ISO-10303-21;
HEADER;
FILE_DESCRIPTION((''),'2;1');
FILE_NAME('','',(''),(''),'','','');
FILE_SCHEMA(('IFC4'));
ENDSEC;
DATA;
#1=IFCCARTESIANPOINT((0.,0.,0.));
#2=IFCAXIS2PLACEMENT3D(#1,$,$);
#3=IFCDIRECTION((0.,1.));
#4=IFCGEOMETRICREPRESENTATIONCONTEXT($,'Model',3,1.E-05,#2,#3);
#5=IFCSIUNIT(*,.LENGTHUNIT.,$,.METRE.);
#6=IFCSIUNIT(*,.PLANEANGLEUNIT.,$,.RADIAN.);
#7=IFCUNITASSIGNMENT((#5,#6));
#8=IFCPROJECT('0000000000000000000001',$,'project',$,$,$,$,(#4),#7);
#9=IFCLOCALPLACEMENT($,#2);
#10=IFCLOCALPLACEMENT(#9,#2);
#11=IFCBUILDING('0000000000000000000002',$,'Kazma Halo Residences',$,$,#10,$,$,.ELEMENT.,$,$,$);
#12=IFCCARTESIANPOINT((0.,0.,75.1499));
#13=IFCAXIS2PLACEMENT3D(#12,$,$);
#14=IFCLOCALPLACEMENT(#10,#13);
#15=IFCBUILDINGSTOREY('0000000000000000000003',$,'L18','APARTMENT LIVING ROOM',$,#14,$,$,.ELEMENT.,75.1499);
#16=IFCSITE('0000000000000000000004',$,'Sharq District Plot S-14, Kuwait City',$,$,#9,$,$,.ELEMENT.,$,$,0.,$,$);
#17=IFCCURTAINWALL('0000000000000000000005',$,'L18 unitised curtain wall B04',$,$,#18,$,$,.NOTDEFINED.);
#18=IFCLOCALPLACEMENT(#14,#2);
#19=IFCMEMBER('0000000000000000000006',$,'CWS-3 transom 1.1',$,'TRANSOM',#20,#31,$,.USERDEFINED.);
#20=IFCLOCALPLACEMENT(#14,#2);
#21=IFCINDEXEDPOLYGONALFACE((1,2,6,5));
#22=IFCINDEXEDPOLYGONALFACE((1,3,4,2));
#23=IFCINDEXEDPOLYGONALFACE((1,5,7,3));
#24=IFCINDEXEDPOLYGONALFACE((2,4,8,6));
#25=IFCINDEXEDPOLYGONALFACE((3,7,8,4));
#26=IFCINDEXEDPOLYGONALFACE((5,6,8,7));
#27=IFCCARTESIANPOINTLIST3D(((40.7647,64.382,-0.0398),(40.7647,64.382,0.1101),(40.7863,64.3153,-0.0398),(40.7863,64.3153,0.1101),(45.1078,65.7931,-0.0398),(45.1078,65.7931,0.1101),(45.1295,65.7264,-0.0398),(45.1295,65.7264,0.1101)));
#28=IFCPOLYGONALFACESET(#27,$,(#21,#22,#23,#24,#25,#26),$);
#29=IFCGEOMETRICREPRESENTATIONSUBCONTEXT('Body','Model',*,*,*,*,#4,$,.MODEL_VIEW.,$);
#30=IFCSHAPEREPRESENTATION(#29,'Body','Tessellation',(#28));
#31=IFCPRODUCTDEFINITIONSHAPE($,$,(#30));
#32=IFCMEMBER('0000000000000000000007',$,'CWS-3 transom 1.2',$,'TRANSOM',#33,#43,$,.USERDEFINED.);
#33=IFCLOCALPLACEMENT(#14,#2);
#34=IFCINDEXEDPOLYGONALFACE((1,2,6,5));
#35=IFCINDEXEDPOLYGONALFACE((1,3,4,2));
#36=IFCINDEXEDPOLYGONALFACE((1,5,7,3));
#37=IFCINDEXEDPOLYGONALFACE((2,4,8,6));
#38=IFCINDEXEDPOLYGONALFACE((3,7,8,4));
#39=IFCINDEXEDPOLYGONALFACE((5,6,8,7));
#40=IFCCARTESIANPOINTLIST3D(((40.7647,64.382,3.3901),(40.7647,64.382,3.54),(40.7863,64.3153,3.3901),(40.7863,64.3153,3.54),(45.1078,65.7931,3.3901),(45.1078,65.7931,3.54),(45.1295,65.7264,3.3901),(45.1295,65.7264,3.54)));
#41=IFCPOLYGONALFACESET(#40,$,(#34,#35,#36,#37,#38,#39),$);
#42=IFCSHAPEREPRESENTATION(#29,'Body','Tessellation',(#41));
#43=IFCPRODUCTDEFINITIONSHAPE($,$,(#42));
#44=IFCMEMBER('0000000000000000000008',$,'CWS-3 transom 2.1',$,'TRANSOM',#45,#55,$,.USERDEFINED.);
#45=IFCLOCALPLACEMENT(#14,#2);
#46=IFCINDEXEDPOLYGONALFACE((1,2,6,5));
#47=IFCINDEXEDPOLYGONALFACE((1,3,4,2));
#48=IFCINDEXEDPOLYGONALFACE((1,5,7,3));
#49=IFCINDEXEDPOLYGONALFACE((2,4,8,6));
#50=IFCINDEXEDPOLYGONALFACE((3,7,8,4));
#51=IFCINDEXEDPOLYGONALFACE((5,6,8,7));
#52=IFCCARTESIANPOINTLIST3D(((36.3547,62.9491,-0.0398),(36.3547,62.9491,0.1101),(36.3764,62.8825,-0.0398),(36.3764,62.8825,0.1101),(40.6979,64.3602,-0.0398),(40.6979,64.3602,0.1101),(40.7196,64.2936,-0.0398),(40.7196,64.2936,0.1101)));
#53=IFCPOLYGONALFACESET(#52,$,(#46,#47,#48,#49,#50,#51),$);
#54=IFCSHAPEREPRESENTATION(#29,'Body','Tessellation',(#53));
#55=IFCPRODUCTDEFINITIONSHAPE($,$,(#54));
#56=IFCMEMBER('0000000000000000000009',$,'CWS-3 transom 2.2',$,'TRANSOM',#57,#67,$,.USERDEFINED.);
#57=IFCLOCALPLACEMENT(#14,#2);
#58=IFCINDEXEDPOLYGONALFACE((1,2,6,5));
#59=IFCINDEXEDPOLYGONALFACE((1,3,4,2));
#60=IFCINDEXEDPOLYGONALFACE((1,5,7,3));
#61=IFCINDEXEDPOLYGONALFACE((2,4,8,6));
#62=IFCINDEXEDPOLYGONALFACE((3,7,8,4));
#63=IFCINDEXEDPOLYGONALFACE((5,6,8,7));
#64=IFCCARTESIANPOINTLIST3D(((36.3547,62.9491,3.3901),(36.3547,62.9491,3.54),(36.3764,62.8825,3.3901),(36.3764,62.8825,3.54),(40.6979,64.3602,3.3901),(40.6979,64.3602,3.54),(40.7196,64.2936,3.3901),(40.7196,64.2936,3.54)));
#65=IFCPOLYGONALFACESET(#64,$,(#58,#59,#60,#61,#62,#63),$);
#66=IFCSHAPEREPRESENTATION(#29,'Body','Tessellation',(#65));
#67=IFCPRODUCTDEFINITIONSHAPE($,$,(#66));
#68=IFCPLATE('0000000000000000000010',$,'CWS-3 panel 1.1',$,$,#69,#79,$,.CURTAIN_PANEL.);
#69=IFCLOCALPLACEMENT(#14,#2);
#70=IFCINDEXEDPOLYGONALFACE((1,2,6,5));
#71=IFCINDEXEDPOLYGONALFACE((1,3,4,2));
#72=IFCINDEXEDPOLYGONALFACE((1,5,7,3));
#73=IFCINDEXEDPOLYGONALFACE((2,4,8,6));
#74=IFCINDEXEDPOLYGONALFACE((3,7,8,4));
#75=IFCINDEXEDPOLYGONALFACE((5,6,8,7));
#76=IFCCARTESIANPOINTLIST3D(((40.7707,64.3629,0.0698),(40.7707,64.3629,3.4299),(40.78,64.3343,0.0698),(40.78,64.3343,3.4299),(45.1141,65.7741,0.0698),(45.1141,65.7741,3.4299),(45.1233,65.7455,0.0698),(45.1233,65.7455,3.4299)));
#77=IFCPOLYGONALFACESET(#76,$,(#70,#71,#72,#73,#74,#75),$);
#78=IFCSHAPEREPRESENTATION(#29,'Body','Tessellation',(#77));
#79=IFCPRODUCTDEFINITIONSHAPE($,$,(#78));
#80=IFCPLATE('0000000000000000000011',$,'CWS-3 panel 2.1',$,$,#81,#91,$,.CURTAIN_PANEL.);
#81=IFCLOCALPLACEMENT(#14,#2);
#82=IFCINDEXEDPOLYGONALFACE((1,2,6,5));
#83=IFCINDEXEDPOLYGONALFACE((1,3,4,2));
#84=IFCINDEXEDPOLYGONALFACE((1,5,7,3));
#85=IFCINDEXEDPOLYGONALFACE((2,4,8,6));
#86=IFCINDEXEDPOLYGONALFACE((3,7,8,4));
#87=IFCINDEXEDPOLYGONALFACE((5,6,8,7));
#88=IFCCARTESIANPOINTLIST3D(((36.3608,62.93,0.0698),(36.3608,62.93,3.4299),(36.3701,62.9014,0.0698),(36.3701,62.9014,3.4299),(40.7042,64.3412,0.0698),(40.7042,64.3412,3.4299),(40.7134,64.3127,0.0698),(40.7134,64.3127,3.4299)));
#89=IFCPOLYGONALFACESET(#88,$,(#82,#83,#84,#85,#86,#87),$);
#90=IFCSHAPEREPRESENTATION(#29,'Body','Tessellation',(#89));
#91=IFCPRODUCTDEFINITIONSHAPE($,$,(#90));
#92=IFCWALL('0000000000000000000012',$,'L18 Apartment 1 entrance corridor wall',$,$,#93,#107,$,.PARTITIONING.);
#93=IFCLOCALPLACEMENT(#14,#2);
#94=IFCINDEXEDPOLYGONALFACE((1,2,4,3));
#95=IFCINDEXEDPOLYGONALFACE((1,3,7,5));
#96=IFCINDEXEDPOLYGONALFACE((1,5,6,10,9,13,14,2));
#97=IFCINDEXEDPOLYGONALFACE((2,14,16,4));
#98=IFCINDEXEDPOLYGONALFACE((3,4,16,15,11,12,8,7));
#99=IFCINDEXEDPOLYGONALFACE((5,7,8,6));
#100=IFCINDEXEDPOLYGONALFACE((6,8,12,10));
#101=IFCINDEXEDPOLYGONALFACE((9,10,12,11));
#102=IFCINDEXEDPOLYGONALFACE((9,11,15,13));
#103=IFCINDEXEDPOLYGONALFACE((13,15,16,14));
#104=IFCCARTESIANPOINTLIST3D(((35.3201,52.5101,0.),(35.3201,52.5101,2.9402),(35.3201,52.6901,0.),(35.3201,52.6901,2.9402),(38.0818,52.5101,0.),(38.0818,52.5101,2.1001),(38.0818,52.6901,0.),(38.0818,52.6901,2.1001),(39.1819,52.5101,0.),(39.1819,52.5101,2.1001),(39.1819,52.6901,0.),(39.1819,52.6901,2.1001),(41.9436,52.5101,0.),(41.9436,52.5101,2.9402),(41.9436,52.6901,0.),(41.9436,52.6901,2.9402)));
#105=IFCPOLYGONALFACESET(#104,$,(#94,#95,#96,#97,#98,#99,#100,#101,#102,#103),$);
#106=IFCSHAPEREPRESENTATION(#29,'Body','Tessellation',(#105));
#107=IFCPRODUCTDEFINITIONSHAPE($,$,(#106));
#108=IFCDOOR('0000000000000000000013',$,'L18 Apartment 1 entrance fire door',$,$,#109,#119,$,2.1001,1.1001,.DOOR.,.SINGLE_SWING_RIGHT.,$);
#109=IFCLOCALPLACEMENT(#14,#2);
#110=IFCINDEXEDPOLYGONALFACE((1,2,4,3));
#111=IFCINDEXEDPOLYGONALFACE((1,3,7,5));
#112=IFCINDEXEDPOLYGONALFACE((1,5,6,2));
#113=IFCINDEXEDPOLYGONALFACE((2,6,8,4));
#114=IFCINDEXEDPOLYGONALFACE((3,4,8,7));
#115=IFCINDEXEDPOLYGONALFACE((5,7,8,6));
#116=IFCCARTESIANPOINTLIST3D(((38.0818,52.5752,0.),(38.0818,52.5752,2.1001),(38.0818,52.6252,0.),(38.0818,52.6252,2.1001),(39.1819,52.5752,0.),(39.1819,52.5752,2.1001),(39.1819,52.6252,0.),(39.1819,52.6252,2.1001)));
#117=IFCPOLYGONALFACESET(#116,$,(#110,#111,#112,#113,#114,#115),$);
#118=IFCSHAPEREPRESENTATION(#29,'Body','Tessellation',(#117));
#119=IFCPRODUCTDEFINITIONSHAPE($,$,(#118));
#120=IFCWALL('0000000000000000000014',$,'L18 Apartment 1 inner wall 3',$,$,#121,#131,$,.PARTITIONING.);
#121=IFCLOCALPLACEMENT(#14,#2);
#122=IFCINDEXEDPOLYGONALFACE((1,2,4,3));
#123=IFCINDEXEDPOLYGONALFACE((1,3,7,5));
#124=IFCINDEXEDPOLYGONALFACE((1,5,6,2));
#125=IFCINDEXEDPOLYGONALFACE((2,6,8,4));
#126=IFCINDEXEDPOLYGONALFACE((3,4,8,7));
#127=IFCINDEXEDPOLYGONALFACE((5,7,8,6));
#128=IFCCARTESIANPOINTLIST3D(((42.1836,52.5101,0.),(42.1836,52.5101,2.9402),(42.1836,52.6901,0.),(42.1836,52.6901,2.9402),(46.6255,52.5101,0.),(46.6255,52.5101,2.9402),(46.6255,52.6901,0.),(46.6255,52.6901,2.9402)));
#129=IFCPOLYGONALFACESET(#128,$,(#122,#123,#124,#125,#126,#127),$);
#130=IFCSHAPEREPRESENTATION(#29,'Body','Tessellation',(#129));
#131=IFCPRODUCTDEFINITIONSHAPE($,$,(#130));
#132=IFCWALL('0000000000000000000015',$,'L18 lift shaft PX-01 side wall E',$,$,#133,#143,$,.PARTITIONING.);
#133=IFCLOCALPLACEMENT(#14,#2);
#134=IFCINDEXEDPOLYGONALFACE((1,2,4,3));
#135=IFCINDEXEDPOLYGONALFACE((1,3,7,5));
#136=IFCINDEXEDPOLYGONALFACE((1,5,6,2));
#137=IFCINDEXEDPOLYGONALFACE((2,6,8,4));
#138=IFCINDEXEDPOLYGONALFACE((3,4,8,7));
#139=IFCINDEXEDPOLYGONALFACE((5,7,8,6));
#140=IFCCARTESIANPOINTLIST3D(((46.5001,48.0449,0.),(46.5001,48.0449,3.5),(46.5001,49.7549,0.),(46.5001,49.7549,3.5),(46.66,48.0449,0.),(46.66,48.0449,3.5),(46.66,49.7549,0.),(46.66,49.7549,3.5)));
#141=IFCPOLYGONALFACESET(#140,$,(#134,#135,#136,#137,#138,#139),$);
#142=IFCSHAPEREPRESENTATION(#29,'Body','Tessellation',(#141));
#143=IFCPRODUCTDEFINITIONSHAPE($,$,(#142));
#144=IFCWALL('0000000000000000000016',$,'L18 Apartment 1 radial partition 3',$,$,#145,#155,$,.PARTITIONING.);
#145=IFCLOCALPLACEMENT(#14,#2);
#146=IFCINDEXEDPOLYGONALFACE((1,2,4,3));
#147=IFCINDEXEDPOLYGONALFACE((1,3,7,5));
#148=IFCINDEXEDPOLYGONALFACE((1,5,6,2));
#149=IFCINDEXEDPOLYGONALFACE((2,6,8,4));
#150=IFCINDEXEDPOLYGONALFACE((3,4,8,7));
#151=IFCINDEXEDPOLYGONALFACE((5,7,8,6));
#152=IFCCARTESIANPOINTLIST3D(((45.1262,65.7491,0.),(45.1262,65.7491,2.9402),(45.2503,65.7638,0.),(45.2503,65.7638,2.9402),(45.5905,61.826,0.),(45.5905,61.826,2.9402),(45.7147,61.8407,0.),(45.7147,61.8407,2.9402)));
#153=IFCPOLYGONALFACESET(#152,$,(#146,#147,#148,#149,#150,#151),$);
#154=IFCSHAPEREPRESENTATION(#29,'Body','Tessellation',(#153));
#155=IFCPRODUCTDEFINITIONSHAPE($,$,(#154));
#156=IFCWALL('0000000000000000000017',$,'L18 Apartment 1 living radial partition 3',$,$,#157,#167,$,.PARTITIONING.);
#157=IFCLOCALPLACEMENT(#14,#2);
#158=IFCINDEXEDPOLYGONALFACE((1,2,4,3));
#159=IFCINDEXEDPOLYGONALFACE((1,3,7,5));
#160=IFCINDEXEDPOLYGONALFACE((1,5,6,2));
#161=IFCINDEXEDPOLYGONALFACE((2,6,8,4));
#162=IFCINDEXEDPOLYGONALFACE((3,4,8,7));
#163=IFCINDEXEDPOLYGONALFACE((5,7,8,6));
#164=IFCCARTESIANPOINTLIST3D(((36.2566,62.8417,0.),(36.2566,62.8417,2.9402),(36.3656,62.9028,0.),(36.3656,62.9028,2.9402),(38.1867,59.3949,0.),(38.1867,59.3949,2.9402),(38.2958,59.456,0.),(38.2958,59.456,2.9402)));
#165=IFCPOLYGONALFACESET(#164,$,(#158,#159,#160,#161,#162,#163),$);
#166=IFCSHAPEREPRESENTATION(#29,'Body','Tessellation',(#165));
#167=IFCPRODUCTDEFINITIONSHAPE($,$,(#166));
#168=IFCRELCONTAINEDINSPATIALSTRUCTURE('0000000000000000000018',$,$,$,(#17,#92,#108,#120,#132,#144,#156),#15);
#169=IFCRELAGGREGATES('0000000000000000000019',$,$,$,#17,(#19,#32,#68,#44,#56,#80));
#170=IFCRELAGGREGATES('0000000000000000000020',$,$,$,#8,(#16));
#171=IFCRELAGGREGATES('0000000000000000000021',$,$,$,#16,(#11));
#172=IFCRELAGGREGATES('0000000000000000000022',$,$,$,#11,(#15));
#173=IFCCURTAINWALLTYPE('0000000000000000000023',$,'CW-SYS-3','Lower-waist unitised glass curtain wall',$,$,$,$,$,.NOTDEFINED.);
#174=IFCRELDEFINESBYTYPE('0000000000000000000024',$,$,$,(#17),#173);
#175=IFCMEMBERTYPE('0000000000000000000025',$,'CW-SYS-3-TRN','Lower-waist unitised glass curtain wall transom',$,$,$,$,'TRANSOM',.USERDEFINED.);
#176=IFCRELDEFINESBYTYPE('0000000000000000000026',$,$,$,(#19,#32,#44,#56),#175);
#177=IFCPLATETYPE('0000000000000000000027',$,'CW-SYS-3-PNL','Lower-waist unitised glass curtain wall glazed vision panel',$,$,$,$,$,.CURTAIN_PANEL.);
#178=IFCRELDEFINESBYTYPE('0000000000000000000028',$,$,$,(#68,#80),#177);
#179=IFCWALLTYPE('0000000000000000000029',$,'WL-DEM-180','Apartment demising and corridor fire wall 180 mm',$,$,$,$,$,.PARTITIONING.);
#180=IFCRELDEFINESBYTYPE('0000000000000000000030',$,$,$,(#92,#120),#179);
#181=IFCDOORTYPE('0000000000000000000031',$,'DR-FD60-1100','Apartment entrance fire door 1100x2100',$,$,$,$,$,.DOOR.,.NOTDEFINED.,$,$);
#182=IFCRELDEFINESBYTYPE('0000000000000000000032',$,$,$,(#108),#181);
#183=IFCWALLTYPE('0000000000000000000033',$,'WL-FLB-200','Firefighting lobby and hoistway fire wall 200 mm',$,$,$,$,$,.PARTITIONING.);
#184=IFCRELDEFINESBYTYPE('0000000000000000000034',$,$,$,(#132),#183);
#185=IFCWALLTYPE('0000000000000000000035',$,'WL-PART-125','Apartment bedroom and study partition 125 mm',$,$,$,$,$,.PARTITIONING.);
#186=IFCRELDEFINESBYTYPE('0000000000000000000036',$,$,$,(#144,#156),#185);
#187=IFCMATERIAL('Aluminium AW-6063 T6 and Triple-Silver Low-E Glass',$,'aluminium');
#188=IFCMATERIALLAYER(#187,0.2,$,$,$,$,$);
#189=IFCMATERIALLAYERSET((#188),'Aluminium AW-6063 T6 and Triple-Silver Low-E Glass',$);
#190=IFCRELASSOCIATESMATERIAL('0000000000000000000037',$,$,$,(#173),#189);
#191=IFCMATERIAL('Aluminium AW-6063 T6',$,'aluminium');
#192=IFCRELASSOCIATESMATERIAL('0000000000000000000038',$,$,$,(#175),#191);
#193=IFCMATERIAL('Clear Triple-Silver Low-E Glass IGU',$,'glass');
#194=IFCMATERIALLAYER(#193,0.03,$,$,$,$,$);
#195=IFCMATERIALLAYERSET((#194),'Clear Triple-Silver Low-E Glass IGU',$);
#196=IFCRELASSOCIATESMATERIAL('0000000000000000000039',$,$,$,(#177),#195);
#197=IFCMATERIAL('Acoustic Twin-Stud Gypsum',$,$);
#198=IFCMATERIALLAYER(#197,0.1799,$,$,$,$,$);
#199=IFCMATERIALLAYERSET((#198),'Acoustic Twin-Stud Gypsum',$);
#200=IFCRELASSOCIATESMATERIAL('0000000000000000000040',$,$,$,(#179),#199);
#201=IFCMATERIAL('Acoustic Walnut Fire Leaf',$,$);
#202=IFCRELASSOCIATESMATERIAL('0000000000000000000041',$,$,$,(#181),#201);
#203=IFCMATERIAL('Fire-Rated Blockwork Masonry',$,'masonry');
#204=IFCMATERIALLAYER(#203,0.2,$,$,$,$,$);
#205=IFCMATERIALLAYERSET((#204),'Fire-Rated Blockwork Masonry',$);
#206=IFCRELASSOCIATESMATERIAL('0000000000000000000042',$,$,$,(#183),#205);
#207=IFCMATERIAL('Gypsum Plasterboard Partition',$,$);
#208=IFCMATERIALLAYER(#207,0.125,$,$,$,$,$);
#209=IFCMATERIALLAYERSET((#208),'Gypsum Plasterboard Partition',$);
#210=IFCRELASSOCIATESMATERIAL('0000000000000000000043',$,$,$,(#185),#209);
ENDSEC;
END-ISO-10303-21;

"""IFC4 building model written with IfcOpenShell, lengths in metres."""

from ifc_helpers import new_model, si_unit, direction, frame, frame_2d, origin, origin_2d, place, context, subcontext, project, spatial, rectangle, extrude, material, layer, layer_set, material_profile, profile_set, type_object, element, fill, aggregate, save


model = new_model("IFC4")

# Units and contexts
model_context = context("Model", 3, precision=1e-05, world=origin(), true_north=direction((0.0, 1.0)))
body_context = subcontext(model_context, "Body", "Model", "MODEL_VIEW")
ifc_project = project(units=[si_unit("LENGTHUNIT", "METRE"), si_unit("PLANEANGLEUNIT", "RADIAN")], contexts=[model_context])

# Site, building, storey
site_placement = place(None, origin())
site = spatial("IfcSite", under=ifc_project, at=site_placement, Name="Sharq District Plot S-14, Kuwait City", CompositionType="ELEMENT", RefElevation=0.0)
building_placement = place(site_placement, origin())
building = spatial("IfcBuilding", under=site, at=building_placement, Name="Kazma Halo Residences", CompositionType="ELEMENT")
storey_placement = place(building_placement, frame((0.0, 0.0, 75.1499)))
storey = spatial("IfcBuildingStorey", under=building, at=storey_placement, Name="L18", Description="APARTMENT LIVING ROOM", CompositionType="ELEMENT", Elevation=75.1499)

# Shared definitions
ifc_material_1 = material(Name="Aluminium AW-6063 T6 and Triple-Silver Low-E Glass", Category="aluminium")
ifc_layer_1 = layer(ifc_material_1, 0.2)
ifc_layer_set_1 = layer_set([ifc_layer_1], Name="Aluminium AW-6063 T6 and Triple-Silver Low-E Glass")
curtain_wall_type = type_object("IfcCurtainWallType", Name="CW-SYS-3", Description="Lower-waist unitised glass curtain wall", PredefinedType="NOTDEFINED", material=ifc_layer_set_1)
ifc_material_2 = material(Name="Aluminium AW-6063 T6", Category="aluminium")

# Curtain wall, members, plates
curtain_wall_1_placement = place(storey_placement, origin())
curtain_wall_1 = element("IfcCurtainWall", 1, at=curtain_wall_1_placement, inside=storey, type_object=curtain_wall_type, Name="L18 unitised curtain wall B04", PredefinedType="NOTDEFINED")
ifc_material_profile_1 = material_profile(ifc_material_2, rectangle(XDim=0.0701, YDim=0.1499, at=origin_2d()), Name="CWT-70x150")
ifc_profile_set_1 = profile_set([ifc_material_profile_1], Name="Aluminium AW-6063 T6")
member_type_1 = type_object("IfcMemberType", Name="CW-SYS-3-TRN", Description="Lower-waist unitised glass curtain wall transom", ElementType="TRANSOM", PredefinedType="USERDEFINED", material=ifc_profile_set_1)
member_1_placement = place(storey_placement, frame((45.1187, 65.7598, 0.0352), z_axis=(-0.951062, -0.309001, 0.0), x_axis=(0.309001, -0.951062, 0.0)))
member_1 = element("IfcMember", 2, at=member_1_placement, type_object=member_type_1, Name="CWS-3 transom 1.1", ObjectType="TRANSOM", PredefinedType="USERDEFINED", context=body_context, shape_type="SweptSolid", body=[
    extrude(rectangle(XDim=0.0701, YDim=0.1499, at=origin_2d()), origin(), (0.0, 0.0, 1.0), 4.5667),
])
member_2_placement = place(storey_placement, frame((45.1187, 65.7598, 3.4651), z_axis=(-0.951062, -0.309001, 0.0), x_axis=(0.309001, -0.951062, 0.0)))
member_2 = element("IfcMember", 3, at=member_2_placement, type_object=member_type_1, Name="CWS-3 transom 1.2", ObjectType="TRANSOM", PredefinedType="USERDEFINED", context=body_context, shape_type="SweptSolid", body=[
    extrude(rectangle(XDim=0.0701, YDim=0.1499, at=origin_2d()), origin(), (0.0, 0.0, 1.0), 4.5667),
])
member_3_placement = place(storey_placement, frame((40.7087, 64.3269, 0.0352), z_axis=(-0.951062, -0.309001, 0.0), x_axis=(0.309001, -0.951062, 0.0)))
member_3 = element("IfcMember", 4, at=member_3_placement, type_object=member_type_1, Name="CWS-3 transom 2.1", ObjectType="TRANSOM", PredefinedType="USERDEFINED", context=body_context, shape_type="SweptSolid", body=[
    extrude(rectangle(XDim=0.0701, YDim=0.1499, at=origin_2d()), origin(), (0.0, 0.0, 1.0), 4.5667),
])
member_4_placement = place(storey_placement, frame((40.7087, 64.3269, 3.4651), z_axis=(-0.951062, -0.309001, 0.0), x_axis=(0.309001, -0.951062, 0.0)))
member_4 = element("IfcMember", 5, at=member_4_placement, type_object=member_type_1, Name="CWS-3 transom 2.2", ObjectType="TRANSOM", PredefinedType="USERDEFINED", context=body_context, shape_type="SweptSolid", body=[
    extrude(rectangle(XDim=0.0701, YDim=0.1499, at=origin_2d()), origin(), (0.0, 0.0, 1.0), 4.5667),
])
ifc_material_3 = material(Name="Clear Triple-Silver Low-E Glass IGU", Category="glass")
ifc_layer_2 = layer(ifc_material_3, 0.03)
ifc_layer_set_2 = layer_set([ifc_layer_2], Name="Clear Triple-Silver Low-E Glass IGU")
plate_type = type_object("IfcPlateType", Name="CW-SYS-3-PNL", Description="Lower-waist unitised glass curtain wall glazed vision panel", PredefinedType="CURTAIN_PANEL", material=ifc_layer_set_2)
plate_1_placement = place(storey_placement, frame((42.947, 65.0542, 0.0698), z_axis=(0.0, 0.0, 1.0), x_axis=(-0.951056, -0.309017, 0.0)))
plate_1 = element("IfcPlate", 6, at=plate_1_placement, type_object=plate_type, Name="CWS-3 panel 1.1", PredefinedType="CURTAIN_PANEL", context=body_context, shape_type="SweptSolid", body=[
    extrude(rectangle(XDim=4.5669, YDim=0.03, at=origin_2d()), origin(), (0.0, 0.0, 1.0), 3.3601),
])
plate_2_placement = place(storey_placement, frame((38.5371, 63.6213, 0.0698), z_axis=(0.0, 0.0, 1.0), x_axis=(-0.951056, -0.309017, 0.0)))
plate_2 = element("IfcPlate", 7, at=plate_2_placement, type_object=plate_type, Name="CWS-3 panel 2.1", PredefinedType="CURTAIN_PANEL", context=body_context, shape_type="SweptSolid", body=[
    extrude(rectangle(XDim=4.5669, YDim=0.03, at=origin_2d()), origin(), (0.0, 0.0, 1.0), 3.3601),
])
aggregate(curtain_wall_1, [member_1, member_2, plate_1, member_3, member_4, plate_2])

# Wall, opening, door
ifc_material_4 = material(Name="Acoustic Twin-Stud Gypsum")
ifc_layer_3 = layer(ifc_material_4, 0.1799)
ifc_layer_set_3 = layer_set([ifc_layer_3], Name="Acoustic Twin-Stud Gypsum")
wall_type_1 = type_object("IfcWallType", Name="WL-DEM-180", Description="Apartment demising and corridor fire wall 180 mm", PredefinedType="PARTITIONING", material=ifc_layer_set_3)
wall_1_placement = place(storey_placement, frame((41.9436, 52.6001, 0.0), z_axis=(0.0, 0.0, 1.0), x_axis=(-1.0, 0.0, 0.0)))
wall_1 = element("IfcWall", 8, at=wall_1_placement, inside=storey, type_object=wall_type_1, Name="L18 Apartment 1 entrance corridor wall", PredefinedType="PARTITIONING", context=body_context, shape_type="SweptSolid", body=[
    extrude(rectangle(XDim=6.6235, YDim=0.1799, at=frame_2d((3.3118, 0.0))), origin(), (0.0, 0.0, 1.0), 2.9402),
])
opening_1_placement = place(wall_1_placement, frame((2.7617, 0.0, 0.0)))
opening_1 = element("IfcOpeningElement", 9, at=opening_1_placement, cuts=wall_1, PredefinedType="OPENING", context=body_context, shape_type="SweptSolid", body=[
    extrude(rectangle(XDim=1.1001, YDim=2.1001, at=frame_2d((0.55, 1.05))), frame((0.0, 0.0999, 0.0), z_axis=(0.0, -1.0, 0.0), x_axis=(1.0, 0.0, 0.0)), (0.0, 0.0, 1.0), 0.2),
])
ifc_material_5 = material(Name="Acoustic Walnut Fire Leaf")
door_type_1 = type_object("IfcDoorType", Name="DR-FD60-1100", Description="Apartment entrance fire door 1100x2100", OperationType="NOTDEFINED", PredefinedType="DOOR", material=ifc_material_5)
door_1_placement = place(opening_1_placement, origin())
door_1 = element("IfcDoor", 10, at=door_1_placement, inside=storey, type_object=door_type_1, Name="L18 Apartment 1 entrance fire door", OperationType="SINGLE_SWING_RIGHT", OverallHeight=2.1001, OverallWidth=1.1001, PredefinedType="DOOR", context=body_context, shape_type="SweptSolid", body=[
    extrude(rectangle(XDim=1.1001, YDim=2.1001, at=frame_2d((0.55, 1.05))), frame((0.0, 0.0249, 0.0), z_axis=(0.0, -1.0, 0.0), x_axis=(1.0, 0.0, 0.0)), (0.0, 0.0, 1.0), 0.05),
])
fill(opening_1, door_1)

# Walls
wall_2_placement = place(storey_placement, frame((46.6255, 52.6001, 0.0), z_axis=(0.0, 0.0, 1.0), x_axis=(-1.0, 0.0, 0.0)))
element("IfcWall", 11, at=wall_2_placement, inside=storey, type_object=wall_type_1, Name="L18 Apartment 1 inner wall 3", PredefinedType="PARTITIONING", context=body_context, shape_type="SweptSolid", body=[
    extrude(rectangle(XDim=4.4419, YDim=0.1799, at=frame_2d((2.2209, 0.0))), origin(), (0.0, 0.0, 1.0), 2.9402),
])
ifc_material_6 = material(Name="Fire-Rated Blockwork Masonry", Category="masonry")
ifc_layer_4 = layer(ifc_material_6, 0.2)
ifc_layer_set_4 = layer_set([ifc_layer_4], Name="Fire-Rated Blockwork Masonry")
wall_type_2 = type_object("IfcWallType", Name="WL-FLB-200", Description="Firefighting lobby and hoistway fire wall 200 mm", PredefinedType="PARTITIONING", material=ifc_layer_set_4)
wall_3_placement = place(storey_placement, frame((46.5801, 48.0449, 0.0), z_axis=(0.0, 0.0, 1.0), x_axis=(0.0, 1.0, 0.0)))
element("IfcWall", 12, at=wall_3_placement, inside=storey, type_object=wall_type_2, Name="L18 lift shaft PX-01 side wall E", PredefinedType="PARTITIONING", context=body_context, shape_type="SweptSolid", body=[
    extrude(rectangle(XDim=1.71, YDim=0.1599, at=frame_2d((0.855, 0.0))), origin(), (0.0, 0.0, 1.0), 3.5),
])
ifc_material_7 = material(Name="Gypsum Plasterboard Partition")
ifc_layer_5 = layer(ifc_material_7, 0.125)
ifc_layer_set_5 = layer_set([ifc_layer_5], Name="Gypsum Plasterboard Partition")
wall_type_3 = type_object("IfcWallType", Name="WL-PART-125", Description="Apartment bedroom and study partition 125 mm", PredefinedType="PARTITIONING", material=ifc_layer_set_5)
for number, where, z_axis, x_axis, name in (
    (13, (45.6526, 61.8335, 0.0), (0.0, 0.0, 1.0), (-0.117544, 0.993068, 0.0), "L18 Apartment 1 radial partition 3"),
    (14, (38.2412, 59.4255, 0.0), (0.0, 0.0, 1.0), (-0.4886, 0.872508, 0.0), "L18 Apartment 1 living radial partition 3"),
):
    element("IfcWall", number, at=place(storey_placement, frame(where, z_axis=z_axis, x_axis=x_axis)), inside=storey, type_object=wall_type_3, Name=name, PredefinedType="PARTITIONING", context=body_context, shape_type="SweptSolid", body=[
        extrude(rectangle(XDim=3.9504, YDim=0.125, at=frame_2d((1.9751, 0.0))), origin(), (0.0, 0.0, 1.0), 2.9402),
    ])

save(model, "model.ifc")
